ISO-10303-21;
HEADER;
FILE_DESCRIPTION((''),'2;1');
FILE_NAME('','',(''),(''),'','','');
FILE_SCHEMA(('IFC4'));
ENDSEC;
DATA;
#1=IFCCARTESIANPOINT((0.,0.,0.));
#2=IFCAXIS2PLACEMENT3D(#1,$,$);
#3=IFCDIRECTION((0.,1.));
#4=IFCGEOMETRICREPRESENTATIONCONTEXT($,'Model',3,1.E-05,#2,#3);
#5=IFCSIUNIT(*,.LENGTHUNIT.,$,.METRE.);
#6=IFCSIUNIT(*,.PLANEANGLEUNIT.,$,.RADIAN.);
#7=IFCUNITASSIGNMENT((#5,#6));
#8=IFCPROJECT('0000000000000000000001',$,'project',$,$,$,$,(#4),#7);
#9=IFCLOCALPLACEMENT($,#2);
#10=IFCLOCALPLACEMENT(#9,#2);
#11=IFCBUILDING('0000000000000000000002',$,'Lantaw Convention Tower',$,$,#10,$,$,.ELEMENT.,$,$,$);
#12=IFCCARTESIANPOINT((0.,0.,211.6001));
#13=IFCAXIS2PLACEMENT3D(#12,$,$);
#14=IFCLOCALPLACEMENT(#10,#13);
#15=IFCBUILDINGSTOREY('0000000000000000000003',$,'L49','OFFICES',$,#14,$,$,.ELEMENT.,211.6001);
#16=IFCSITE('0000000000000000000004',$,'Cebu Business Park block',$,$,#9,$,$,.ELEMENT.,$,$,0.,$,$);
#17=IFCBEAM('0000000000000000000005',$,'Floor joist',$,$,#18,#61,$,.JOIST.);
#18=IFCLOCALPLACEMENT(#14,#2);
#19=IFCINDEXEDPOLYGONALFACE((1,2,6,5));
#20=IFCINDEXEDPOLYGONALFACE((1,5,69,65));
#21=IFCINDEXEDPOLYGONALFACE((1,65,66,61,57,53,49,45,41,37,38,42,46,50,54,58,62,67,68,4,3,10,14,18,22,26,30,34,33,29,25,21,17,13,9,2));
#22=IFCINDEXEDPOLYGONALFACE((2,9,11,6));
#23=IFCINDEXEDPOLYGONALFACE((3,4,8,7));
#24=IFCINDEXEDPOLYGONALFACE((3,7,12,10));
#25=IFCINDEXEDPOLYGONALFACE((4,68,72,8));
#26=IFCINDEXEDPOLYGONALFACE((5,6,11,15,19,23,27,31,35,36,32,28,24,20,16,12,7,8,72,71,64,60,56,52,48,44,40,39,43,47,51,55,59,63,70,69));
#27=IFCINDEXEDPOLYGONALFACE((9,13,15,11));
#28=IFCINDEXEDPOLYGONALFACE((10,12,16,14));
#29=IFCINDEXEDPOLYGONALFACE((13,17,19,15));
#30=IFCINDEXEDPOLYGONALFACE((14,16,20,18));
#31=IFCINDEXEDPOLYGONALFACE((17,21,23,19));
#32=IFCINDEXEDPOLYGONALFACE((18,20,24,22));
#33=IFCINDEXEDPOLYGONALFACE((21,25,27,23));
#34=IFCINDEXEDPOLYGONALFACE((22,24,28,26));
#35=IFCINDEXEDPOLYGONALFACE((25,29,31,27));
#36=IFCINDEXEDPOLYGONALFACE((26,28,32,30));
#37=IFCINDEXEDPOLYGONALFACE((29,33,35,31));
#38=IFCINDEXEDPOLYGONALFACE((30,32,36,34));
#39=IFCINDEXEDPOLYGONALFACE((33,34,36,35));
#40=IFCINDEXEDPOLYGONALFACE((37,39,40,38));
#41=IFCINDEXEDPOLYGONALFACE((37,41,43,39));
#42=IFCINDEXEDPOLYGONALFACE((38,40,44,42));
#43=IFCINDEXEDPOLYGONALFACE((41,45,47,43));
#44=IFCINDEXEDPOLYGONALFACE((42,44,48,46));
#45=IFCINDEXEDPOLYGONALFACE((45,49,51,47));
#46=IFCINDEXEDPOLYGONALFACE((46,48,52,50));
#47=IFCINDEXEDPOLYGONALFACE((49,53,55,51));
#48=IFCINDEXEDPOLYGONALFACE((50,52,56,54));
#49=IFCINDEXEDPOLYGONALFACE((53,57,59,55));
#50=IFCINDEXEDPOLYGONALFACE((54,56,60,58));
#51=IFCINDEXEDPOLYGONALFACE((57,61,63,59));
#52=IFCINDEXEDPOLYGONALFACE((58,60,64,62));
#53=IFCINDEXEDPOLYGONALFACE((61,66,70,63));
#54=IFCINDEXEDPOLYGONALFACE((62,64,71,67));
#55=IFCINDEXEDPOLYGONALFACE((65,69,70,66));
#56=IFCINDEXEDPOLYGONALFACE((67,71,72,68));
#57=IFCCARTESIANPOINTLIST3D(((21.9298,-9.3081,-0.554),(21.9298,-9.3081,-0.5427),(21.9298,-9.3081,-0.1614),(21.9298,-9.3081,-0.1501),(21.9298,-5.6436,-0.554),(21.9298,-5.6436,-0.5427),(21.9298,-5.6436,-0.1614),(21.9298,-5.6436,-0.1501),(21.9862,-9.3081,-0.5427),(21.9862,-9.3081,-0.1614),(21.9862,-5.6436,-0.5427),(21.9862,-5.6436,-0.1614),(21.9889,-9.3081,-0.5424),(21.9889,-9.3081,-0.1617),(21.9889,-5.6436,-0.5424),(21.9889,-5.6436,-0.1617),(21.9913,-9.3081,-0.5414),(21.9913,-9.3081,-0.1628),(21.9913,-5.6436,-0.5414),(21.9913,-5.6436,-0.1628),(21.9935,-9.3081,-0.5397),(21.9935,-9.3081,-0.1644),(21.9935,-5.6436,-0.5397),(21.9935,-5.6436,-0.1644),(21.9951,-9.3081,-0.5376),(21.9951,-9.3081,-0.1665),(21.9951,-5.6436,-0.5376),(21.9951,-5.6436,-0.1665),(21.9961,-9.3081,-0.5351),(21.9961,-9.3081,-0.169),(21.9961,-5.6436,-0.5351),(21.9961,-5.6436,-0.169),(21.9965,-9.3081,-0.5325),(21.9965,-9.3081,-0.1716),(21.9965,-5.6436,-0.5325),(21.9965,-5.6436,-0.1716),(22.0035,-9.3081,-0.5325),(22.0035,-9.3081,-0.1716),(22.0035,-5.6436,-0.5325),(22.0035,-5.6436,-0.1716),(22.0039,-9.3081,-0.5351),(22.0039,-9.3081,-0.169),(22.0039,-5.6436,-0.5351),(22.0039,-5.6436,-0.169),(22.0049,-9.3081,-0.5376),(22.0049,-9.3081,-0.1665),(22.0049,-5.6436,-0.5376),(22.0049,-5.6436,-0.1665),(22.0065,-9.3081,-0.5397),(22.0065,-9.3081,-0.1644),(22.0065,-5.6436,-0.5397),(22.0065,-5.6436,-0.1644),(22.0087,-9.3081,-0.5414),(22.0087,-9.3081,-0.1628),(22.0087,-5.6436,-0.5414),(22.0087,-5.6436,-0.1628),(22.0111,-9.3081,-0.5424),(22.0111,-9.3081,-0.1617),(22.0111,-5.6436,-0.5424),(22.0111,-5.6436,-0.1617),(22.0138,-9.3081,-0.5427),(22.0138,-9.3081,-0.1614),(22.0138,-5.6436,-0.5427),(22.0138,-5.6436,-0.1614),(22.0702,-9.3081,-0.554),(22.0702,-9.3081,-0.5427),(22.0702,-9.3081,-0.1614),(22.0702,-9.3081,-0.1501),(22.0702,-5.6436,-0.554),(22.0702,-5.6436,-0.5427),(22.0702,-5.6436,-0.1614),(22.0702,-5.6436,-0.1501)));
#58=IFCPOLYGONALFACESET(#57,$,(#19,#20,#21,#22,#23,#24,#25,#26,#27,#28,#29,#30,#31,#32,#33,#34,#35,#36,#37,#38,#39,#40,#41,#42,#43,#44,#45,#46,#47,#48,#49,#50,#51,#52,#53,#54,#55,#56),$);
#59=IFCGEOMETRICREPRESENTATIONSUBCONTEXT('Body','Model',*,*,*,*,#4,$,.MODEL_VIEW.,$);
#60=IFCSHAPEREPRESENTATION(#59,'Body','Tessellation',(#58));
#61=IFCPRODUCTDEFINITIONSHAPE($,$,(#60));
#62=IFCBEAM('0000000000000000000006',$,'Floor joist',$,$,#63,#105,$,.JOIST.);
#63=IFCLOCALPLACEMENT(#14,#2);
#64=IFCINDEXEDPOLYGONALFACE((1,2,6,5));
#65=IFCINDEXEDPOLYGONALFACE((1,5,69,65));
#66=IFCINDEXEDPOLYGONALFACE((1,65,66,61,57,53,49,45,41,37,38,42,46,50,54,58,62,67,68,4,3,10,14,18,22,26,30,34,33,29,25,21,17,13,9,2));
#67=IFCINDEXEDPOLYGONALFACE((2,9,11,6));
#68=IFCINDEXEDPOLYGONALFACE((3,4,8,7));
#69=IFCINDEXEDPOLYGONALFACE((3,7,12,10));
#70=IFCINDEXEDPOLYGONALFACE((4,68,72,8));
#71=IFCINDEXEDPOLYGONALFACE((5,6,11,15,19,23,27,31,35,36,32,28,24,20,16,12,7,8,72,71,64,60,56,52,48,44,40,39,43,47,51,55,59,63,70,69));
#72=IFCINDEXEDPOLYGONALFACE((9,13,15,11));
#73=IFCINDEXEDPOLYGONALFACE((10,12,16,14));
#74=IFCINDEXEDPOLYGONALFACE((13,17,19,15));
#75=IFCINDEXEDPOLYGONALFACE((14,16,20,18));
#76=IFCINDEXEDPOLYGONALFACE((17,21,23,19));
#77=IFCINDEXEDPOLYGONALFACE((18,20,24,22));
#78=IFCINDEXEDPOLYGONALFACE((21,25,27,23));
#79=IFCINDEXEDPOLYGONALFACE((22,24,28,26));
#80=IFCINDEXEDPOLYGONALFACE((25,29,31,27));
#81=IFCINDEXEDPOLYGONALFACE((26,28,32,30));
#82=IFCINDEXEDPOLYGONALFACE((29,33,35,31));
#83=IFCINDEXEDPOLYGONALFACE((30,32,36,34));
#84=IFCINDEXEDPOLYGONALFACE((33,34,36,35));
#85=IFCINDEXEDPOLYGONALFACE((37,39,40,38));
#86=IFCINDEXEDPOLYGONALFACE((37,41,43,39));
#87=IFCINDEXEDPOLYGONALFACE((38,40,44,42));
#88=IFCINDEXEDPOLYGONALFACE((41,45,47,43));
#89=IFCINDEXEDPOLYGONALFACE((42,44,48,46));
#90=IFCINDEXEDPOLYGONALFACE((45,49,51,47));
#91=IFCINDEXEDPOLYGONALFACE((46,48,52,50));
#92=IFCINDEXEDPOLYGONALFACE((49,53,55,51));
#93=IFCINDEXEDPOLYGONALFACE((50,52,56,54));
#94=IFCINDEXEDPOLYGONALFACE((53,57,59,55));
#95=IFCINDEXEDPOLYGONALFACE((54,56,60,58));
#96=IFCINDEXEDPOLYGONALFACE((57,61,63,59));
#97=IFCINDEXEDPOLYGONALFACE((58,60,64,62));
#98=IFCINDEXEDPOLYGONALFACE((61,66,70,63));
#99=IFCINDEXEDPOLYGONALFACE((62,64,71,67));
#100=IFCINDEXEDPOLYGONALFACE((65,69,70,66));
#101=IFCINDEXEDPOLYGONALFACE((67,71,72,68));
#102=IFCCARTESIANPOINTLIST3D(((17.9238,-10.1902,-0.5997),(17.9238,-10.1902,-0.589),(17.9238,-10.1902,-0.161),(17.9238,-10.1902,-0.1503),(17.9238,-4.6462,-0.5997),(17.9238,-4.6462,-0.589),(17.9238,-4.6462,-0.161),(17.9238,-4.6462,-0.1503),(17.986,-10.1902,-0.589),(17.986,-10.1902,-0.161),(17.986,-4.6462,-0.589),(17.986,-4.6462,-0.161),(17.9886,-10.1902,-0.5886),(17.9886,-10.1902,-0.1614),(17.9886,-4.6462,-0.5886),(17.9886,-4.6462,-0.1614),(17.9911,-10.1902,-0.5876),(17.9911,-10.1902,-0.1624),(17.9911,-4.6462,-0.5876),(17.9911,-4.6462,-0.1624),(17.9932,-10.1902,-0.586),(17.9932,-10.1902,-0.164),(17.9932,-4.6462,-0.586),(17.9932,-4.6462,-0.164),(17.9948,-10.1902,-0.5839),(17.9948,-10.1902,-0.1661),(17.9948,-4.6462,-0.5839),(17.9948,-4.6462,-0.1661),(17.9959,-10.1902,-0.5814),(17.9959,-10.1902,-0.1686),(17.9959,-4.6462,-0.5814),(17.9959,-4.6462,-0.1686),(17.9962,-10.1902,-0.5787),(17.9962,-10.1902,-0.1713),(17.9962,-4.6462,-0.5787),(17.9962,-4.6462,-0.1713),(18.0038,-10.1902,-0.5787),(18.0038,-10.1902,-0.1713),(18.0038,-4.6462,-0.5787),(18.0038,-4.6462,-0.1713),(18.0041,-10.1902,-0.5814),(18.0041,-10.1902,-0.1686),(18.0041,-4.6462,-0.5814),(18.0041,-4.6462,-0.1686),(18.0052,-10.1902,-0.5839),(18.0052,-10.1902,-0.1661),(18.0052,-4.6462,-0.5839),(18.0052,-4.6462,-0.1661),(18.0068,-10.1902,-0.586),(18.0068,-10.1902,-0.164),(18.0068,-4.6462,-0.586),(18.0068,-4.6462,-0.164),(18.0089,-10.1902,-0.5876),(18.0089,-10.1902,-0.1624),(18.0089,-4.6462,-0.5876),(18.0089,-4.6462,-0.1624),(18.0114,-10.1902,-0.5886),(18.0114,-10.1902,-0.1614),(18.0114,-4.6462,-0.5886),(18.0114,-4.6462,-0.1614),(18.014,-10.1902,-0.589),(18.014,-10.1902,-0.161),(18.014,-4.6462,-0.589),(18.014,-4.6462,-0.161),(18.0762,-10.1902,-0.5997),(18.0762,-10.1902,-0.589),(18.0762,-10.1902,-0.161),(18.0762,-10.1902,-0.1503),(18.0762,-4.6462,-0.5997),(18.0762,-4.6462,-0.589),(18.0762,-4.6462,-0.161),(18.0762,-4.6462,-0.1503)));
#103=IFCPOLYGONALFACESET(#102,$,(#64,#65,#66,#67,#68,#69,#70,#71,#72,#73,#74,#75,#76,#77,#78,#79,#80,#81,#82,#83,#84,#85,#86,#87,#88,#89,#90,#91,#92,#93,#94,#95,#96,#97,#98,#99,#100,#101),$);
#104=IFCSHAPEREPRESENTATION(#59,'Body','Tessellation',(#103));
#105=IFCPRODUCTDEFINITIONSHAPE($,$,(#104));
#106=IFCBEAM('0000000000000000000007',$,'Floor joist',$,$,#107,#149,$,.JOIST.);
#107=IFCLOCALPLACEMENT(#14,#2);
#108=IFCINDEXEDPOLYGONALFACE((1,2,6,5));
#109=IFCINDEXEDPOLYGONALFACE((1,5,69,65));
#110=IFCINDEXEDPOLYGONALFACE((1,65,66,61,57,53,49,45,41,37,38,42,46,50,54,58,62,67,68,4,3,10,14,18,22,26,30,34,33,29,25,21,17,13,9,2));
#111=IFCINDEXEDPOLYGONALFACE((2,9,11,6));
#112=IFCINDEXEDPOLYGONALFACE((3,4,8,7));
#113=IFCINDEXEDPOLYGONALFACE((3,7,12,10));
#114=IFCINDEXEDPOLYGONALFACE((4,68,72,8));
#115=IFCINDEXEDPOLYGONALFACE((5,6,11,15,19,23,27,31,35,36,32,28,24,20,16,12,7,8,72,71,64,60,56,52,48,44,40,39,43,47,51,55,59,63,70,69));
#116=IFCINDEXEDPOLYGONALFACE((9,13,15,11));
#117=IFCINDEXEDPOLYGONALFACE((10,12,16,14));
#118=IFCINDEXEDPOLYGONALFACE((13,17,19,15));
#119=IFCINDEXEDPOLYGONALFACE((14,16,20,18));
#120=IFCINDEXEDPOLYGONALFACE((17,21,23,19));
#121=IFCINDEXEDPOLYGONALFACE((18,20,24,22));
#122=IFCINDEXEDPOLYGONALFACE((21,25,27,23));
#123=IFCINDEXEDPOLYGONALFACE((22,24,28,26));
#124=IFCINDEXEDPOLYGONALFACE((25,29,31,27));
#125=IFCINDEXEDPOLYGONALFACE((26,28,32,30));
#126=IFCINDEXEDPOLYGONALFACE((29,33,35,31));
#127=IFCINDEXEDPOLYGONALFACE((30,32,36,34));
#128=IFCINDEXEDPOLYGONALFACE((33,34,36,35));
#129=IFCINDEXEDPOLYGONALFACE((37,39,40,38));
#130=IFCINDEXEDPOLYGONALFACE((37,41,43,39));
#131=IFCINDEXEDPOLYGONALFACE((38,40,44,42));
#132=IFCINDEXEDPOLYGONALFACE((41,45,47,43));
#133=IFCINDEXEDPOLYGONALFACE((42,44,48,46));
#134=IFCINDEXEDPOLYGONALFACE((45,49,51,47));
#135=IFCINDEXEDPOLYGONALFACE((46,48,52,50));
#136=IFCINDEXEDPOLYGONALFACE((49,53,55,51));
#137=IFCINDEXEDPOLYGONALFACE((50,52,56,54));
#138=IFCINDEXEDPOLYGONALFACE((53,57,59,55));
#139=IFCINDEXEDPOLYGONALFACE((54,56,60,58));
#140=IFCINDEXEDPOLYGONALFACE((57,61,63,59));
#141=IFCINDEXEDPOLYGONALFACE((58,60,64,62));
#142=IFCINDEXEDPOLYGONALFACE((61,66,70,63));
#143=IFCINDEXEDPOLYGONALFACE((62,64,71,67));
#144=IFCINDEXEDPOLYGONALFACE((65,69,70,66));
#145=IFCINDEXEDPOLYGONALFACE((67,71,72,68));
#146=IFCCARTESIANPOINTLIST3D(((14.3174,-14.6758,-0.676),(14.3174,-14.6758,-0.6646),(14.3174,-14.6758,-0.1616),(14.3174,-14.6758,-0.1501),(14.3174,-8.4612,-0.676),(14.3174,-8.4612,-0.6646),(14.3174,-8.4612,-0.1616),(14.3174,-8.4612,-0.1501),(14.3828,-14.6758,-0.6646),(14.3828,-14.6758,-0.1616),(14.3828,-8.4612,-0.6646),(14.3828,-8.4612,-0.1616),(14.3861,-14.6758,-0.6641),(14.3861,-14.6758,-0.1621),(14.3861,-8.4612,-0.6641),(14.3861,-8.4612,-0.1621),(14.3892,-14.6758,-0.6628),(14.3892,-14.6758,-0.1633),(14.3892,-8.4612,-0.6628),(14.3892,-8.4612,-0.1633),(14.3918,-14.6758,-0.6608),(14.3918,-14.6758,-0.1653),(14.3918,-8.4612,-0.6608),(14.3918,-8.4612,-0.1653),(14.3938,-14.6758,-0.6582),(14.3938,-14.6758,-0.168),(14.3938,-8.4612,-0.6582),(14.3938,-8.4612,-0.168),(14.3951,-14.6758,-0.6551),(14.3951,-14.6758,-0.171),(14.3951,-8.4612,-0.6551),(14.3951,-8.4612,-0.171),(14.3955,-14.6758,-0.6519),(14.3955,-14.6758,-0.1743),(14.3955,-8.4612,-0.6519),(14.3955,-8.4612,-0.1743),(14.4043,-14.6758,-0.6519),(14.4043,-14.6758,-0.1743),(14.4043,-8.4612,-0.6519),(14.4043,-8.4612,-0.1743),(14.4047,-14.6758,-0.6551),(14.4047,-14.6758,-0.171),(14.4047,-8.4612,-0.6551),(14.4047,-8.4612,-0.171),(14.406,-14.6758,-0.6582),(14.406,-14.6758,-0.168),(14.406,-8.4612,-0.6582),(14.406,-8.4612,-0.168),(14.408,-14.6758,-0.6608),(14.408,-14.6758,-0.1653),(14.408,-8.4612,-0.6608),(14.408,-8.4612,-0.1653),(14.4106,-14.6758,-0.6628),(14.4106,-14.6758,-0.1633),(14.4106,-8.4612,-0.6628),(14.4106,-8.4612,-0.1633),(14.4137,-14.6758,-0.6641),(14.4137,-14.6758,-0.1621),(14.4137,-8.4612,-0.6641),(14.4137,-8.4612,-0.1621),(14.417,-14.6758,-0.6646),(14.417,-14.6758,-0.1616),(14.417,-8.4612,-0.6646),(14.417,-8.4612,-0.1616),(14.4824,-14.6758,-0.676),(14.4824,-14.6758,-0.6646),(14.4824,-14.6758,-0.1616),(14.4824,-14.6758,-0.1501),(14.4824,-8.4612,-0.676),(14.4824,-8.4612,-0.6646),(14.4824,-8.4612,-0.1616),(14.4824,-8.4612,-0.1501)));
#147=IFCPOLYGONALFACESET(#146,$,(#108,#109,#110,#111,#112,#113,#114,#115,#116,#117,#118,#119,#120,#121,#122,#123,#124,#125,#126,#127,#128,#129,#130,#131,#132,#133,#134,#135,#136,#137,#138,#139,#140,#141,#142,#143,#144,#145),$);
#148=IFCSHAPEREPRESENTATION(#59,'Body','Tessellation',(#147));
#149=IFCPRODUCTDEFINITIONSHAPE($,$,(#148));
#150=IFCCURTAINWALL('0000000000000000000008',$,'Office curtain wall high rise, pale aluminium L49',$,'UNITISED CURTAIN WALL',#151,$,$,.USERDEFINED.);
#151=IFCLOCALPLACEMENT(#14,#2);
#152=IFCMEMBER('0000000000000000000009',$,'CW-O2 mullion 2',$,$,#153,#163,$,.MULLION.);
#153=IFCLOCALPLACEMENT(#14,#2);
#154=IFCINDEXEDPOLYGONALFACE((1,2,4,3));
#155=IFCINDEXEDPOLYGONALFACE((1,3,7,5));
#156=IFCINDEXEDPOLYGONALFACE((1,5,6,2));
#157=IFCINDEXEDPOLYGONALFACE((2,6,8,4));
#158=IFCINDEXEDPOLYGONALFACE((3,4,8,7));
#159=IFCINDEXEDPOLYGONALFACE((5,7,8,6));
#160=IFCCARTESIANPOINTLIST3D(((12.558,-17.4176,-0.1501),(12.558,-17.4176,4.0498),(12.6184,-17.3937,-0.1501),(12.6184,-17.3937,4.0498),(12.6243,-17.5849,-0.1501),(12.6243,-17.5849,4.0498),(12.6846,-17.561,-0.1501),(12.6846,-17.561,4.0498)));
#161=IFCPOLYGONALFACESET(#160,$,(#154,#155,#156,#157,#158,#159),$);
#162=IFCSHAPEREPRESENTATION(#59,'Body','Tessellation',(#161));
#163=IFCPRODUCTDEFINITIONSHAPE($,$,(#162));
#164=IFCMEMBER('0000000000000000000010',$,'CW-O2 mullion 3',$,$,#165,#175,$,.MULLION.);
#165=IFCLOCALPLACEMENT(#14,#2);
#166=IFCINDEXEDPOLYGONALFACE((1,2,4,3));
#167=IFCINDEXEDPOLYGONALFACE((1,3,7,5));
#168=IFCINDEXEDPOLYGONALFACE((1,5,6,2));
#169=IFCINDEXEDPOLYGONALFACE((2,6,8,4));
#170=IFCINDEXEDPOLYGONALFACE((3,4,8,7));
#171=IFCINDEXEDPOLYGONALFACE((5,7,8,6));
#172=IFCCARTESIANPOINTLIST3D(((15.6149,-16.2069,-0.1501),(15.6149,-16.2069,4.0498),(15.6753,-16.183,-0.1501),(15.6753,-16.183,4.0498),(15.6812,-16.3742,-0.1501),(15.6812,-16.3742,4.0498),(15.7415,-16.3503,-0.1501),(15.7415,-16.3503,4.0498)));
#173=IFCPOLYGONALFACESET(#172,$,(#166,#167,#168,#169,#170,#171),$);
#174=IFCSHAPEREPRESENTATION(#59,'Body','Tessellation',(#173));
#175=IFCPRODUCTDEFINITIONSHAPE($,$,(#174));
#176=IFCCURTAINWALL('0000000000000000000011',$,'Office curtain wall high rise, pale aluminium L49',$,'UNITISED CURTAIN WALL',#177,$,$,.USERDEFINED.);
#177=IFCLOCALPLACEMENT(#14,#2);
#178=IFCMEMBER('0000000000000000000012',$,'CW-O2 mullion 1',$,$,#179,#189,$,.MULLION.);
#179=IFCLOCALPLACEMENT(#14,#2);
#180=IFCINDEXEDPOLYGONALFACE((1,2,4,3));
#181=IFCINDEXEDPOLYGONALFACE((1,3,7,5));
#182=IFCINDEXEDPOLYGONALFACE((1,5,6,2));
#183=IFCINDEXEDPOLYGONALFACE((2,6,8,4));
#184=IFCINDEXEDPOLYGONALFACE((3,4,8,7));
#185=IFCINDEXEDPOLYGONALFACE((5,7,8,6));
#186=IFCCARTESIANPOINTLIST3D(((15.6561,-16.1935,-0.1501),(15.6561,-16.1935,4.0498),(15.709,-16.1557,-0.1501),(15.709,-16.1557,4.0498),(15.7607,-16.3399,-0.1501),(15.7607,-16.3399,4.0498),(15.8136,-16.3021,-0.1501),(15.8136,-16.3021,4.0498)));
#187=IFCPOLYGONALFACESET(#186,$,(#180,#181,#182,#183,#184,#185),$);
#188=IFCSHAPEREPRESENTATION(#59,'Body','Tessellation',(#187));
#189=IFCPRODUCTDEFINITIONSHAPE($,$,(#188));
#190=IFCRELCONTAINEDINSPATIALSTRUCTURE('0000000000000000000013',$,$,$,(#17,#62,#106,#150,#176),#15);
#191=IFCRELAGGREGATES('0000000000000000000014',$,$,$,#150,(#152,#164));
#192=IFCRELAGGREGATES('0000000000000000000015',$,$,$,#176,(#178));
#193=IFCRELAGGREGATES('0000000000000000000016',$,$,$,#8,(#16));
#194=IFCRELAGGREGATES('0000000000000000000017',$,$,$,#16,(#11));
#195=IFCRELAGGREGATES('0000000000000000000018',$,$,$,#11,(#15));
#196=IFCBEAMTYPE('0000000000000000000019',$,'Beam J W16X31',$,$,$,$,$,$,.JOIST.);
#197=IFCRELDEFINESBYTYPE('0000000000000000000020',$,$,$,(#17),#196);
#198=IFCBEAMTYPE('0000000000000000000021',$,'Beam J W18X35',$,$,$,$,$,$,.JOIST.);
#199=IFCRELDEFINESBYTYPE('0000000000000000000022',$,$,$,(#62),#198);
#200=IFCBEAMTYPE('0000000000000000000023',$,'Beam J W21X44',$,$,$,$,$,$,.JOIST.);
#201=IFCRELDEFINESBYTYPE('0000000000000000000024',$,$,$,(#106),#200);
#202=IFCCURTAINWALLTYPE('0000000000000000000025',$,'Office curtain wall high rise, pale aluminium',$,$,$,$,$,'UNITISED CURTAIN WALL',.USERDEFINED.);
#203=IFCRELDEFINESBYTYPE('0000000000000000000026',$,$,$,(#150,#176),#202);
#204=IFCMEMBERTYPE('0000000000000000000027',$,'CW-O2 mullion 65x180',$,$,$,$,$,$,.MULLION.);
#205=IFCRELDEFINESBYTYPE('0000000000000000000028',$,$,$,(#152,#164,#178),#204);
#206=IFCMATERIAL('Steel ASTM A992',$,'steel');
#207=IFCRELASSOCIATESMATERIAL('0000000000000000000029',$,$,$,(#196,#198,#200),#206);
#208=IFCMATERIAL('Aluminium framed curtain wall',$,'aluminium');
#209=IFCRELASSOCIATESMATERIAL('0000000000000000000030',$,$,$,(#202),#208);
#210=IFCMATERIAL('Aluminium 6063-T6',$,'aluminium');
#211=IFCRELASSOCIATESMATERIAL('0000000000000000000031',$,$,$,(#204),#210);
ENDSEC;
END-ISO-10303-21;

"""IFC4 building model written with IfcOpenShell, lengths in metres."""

from ifc_helpers import new_model, si_unit, direction, frame, origin, origin_2d, place, context, subcontext, project, spatial, rectangle, i_section, extrude, material, material_profile, profile_set, type_object, element, aggregate, save


model = new_model("IFC4")

# Units and contexts
model_context = context("Model", 3, precision=1e-05, world=origin(), true_north=direction((0.0, 1.0)))
body_context = subcontext(model_context, "Body", "Model", "MODEL_VIEW")
ifc_project = project(units=[si_unit("LENGTHUNIT", "METRE"), si_unit("PLANEANGLEUNIT", "RADIAN")], contexts=[model_context])

# Site, building, storey
site_placement = place(None, origin())
site = spatial("IfcSite", under=ifc_project, at=site_placement, Name="Cebu Business Park block", CompositionType="ELEMENT", RefElevation=0.0)
building_placement = place(site_placement, origin())
building = spatial("IfcBuilding", under=site, at=building_placement, Name="Lantaw Convention Tower", CompositionType="ELEMENT")
storey_placement = place(building_placement, frame((0.0, 0.0, 211.6001)))
storey = spatial("IfcBuildingStorey", under=building, at=storey_placement, Name="L49", Description="OFFICES", CompositionType="ELEMENT", Elevation=211.6001)

# Beams
ifc_material_1 = material(Name="Steel ASTM A992", Category="steel")
ifc_material_profile_1 = material_profile(ifc_material_1, i_section(OverallWidth=0.1404, OverallDepth=0.4038, WebThickness=0.0071, FlangeThickness=0.0112, FilletRadius=0.0103, at=origin_2d()), Name="W16X31")
ifc_profile_set_1 = profile_set([ifc_material_profile_1], Name="Steel ASTM A992")
beam_type_1 = type_object("IfcBeamType", Name="Beam J W16X31", PredefinedType="JOIST", material=ifc_profile_set_1)
beam_1_placement = place(storey_placement, frame((22.0, -9.3081, -0.3521), z_axis=(0.0, 1.0, 0.0), x_axis=(-1.0, 0.0, 0.0)))
element("IfcBeam", 1, at=beam_1_placement, inside=storey, type_object=beam_type_1, Name="Floor joist", PredefinedType="JOIST", context=body_context, shape_type="SweptSolid", body=[
    extrude(i_section(OverallWidth=0.1404, OverallDepth=0.4038, WebThickness=0.0071, FlangeThickness=0.0112, FilletRadius=0.0103, at=origin_2d()), origin(), (0.0, 0.0, 1.0), 3.6646),
])
ifc_material_profile_2 = material_profile(ifc_material_1, i_section(OverallWidth=0.1523, OverallDepth=0.4495, WebThickness=0.0076, FlangeThickness=0.0107, FilletRadius=0.0103, at=origin_2d()), Name="W18X35")
ifc_profile_set_2 = profile_set([ifc_material_profile_2], Name="Steel ASTM A992")
beam_type_2 = type_object("IfcBeamType", Name="Beam J W18X35", PredefinedType="JOIST", material=ifc_profile_set_2)
beam_2_placement = place(storey_placement, frame((18.0, -10.1902, -0.375), z_axis=(0.0, 1.0, 0.0), x_axis=(-1.0, 0.0, 0.0)))
element("IfcBeam", 2, at=beam_2_placement, inside=storey, type_object=beam_type_2, Name="Floor joist", PredefinedType="JOIST", context=body_context, shape_type="SweptSolid", body=[
    extrude(i_section(OverallWidth=0.1523, OverallDepth=0.4495, WebThickness=0.0076, FlangeThickness=0.0107, FilletRadius=0.0103, at=origin_2d()), origin(), (0.0, 0.0, 1.0), 5.5439),
])
ifc_material_profile_3 = material_profile(ifc_material_1, i_section(OverallWidth=0.165, OverallDepth=0.5259, WebThickness=0.0088, FlangeThickness=0.0115, FilletRadius=0.0127, at=origin_2d()), Name="W21X44")
ifc_profile_set_3 = profile_set([ifc_material_profile_3], Name="Steel ASTM A992")
beam_type_3 = type_object("IfcBeamType", Name="Beam J W21X44", PredefinedType="JOIST", material=ifc_profile_set_3)
beam_3_placement = place(storey_placement, frame((14.3999, -14.6758, -0.4131), z_axis=(0.0, 1.0, 0.0), x_axis=(-1.0, 0.0, 0.0)))
element("IfcBeam", 3, at=beam_3_placement, inside=storey, type_object=beam_type_3, Name="Floor joist", PredefinedType="JOIST", context=body_context, shape_type="SweptSolid", body=[
    extrude(i_section(OverallWidth=0.165, OverallDepth=0.5259, WebThickness=0.0088, FlangeThickness=0.0115, FilletRadius=0.0127, at=origin_2d()), origin(), (0.0, 0.0, 1.0), 6.2146),
])

# Curtain walls, members
ifc_material_2 = material(Name="Aluminium framed curtain wall", Category="aluminium")
curtain_wall_type = type_object("IfcCurtainWallType", Name="Office curtain wall high rise, pale aluminium", ElementType="UNITISED CURTAIN WALL", PredefinedType="USERDEFINED", material=ifc_material_2)
curtain_wall_1_placement = place(storey_placement, origin())
curtain_wall_1 = element("IfcCurtainWall", 4, at=curtain_wall_1_placement, inside=storey, type_object=curtain_wall_type, Name="Office curtain wall high rise, pale aluminium L49", ObjectType="UNITISED CURTAIN WALL", PredefinedType="USERDEFINED")
ifc_material_3 = material(Name="Aluminium 6063-T6", Category="aluminium")
ifc_material_profile_4 = material_profile(ifc_material_3, rectangle(XDim=0.1799, YDim=0.0649, at=origin_2d()), Name="CW-O2 mullion 65x180")
ifc_profile_set_4 = profile_set([ifc_material_profile_4], Name="Aluminium 6063-T6")
member_type_1 = type_object("IfcMemberType", Name="CW-O2 mullion 65x180", PredefinedType="MULLION", material=ifc_profile_set_4)
member_1_placement = place(storey_placement, frame((12.6213, -17.4893, -0.1501), z_axis=(0.0, 0.0, 1.0), x_axis=(-0.368162, 0.929762, 0.0)))
member_1 = element("IfcMember", 5, at=member_1_placement, type_object=member_type_1, Name="CW-O2 mullion 2", PredefinedType="MULLION", context=body_context, shape_type="SweptSolid", body=[
    extrude(rectangle(XDim=0.1799, YDim=0.0649, at=origin_2d()), origin(), (0.0, 0.0, 1.0), 4.2),
])
member_2_placement = place(storey_placement, frame((15.6782, -16.2786, -0.1501), z_axis=(0.0, 0.0, 1.0), x_axis=(-0.368162, 0.929762, 0.0)))
member_2 = element("IfcMember", 6, at=member_2_placement, type_object=member_type_1, Name="CW-O2 mullion 3", PredefinedType="MULLION", context=body_context, shape_type="SweptSolid", body=[
    extrude(rectangle(XDim=0.1799, YDim=0.0649, at=origin_2d()), origin(), (0.0, 0.0, 1.0), 4.2),
])
curtain_wall_2_placement = place(storey_placement, origin())
curtain_wall_2 = element("IfcCurtainWall", 7, at=curtain_wall_2_placement, inside=storey, type_object=curtain_wall_type, Name="Office curtain wall high rise, pale aluminium L49", ObjectType="UNITISED CURTAIN WALL", PredefinedType="USERDEFINED")
member_3_placement = place(storey_placement, frame((15.7349, -16.2478, -0.1501), z_axis=(0.0, 0.0, 1.0), x_axis=(-0.581323, 0.813673, 0.0)))
member_3 = element("IfcMember", 8, at=member_3_placement, type_object=member_type_1, Name="CW-O2 mullion 1", PredefinedType="MULLION", context=body_context, shape_type="SweptSolid", body=[
    extrude(rectangle(XDim=0.1799, YDim=0.0649, at=origin_2d()), origin(), (0.0, 0.0, 1.0), 4.2),
])

aggregate(curtain_wall_1, [member_1, member_2])
aggregate(curtain_wall_2, [member_3])

save(model, "model.ifc")
